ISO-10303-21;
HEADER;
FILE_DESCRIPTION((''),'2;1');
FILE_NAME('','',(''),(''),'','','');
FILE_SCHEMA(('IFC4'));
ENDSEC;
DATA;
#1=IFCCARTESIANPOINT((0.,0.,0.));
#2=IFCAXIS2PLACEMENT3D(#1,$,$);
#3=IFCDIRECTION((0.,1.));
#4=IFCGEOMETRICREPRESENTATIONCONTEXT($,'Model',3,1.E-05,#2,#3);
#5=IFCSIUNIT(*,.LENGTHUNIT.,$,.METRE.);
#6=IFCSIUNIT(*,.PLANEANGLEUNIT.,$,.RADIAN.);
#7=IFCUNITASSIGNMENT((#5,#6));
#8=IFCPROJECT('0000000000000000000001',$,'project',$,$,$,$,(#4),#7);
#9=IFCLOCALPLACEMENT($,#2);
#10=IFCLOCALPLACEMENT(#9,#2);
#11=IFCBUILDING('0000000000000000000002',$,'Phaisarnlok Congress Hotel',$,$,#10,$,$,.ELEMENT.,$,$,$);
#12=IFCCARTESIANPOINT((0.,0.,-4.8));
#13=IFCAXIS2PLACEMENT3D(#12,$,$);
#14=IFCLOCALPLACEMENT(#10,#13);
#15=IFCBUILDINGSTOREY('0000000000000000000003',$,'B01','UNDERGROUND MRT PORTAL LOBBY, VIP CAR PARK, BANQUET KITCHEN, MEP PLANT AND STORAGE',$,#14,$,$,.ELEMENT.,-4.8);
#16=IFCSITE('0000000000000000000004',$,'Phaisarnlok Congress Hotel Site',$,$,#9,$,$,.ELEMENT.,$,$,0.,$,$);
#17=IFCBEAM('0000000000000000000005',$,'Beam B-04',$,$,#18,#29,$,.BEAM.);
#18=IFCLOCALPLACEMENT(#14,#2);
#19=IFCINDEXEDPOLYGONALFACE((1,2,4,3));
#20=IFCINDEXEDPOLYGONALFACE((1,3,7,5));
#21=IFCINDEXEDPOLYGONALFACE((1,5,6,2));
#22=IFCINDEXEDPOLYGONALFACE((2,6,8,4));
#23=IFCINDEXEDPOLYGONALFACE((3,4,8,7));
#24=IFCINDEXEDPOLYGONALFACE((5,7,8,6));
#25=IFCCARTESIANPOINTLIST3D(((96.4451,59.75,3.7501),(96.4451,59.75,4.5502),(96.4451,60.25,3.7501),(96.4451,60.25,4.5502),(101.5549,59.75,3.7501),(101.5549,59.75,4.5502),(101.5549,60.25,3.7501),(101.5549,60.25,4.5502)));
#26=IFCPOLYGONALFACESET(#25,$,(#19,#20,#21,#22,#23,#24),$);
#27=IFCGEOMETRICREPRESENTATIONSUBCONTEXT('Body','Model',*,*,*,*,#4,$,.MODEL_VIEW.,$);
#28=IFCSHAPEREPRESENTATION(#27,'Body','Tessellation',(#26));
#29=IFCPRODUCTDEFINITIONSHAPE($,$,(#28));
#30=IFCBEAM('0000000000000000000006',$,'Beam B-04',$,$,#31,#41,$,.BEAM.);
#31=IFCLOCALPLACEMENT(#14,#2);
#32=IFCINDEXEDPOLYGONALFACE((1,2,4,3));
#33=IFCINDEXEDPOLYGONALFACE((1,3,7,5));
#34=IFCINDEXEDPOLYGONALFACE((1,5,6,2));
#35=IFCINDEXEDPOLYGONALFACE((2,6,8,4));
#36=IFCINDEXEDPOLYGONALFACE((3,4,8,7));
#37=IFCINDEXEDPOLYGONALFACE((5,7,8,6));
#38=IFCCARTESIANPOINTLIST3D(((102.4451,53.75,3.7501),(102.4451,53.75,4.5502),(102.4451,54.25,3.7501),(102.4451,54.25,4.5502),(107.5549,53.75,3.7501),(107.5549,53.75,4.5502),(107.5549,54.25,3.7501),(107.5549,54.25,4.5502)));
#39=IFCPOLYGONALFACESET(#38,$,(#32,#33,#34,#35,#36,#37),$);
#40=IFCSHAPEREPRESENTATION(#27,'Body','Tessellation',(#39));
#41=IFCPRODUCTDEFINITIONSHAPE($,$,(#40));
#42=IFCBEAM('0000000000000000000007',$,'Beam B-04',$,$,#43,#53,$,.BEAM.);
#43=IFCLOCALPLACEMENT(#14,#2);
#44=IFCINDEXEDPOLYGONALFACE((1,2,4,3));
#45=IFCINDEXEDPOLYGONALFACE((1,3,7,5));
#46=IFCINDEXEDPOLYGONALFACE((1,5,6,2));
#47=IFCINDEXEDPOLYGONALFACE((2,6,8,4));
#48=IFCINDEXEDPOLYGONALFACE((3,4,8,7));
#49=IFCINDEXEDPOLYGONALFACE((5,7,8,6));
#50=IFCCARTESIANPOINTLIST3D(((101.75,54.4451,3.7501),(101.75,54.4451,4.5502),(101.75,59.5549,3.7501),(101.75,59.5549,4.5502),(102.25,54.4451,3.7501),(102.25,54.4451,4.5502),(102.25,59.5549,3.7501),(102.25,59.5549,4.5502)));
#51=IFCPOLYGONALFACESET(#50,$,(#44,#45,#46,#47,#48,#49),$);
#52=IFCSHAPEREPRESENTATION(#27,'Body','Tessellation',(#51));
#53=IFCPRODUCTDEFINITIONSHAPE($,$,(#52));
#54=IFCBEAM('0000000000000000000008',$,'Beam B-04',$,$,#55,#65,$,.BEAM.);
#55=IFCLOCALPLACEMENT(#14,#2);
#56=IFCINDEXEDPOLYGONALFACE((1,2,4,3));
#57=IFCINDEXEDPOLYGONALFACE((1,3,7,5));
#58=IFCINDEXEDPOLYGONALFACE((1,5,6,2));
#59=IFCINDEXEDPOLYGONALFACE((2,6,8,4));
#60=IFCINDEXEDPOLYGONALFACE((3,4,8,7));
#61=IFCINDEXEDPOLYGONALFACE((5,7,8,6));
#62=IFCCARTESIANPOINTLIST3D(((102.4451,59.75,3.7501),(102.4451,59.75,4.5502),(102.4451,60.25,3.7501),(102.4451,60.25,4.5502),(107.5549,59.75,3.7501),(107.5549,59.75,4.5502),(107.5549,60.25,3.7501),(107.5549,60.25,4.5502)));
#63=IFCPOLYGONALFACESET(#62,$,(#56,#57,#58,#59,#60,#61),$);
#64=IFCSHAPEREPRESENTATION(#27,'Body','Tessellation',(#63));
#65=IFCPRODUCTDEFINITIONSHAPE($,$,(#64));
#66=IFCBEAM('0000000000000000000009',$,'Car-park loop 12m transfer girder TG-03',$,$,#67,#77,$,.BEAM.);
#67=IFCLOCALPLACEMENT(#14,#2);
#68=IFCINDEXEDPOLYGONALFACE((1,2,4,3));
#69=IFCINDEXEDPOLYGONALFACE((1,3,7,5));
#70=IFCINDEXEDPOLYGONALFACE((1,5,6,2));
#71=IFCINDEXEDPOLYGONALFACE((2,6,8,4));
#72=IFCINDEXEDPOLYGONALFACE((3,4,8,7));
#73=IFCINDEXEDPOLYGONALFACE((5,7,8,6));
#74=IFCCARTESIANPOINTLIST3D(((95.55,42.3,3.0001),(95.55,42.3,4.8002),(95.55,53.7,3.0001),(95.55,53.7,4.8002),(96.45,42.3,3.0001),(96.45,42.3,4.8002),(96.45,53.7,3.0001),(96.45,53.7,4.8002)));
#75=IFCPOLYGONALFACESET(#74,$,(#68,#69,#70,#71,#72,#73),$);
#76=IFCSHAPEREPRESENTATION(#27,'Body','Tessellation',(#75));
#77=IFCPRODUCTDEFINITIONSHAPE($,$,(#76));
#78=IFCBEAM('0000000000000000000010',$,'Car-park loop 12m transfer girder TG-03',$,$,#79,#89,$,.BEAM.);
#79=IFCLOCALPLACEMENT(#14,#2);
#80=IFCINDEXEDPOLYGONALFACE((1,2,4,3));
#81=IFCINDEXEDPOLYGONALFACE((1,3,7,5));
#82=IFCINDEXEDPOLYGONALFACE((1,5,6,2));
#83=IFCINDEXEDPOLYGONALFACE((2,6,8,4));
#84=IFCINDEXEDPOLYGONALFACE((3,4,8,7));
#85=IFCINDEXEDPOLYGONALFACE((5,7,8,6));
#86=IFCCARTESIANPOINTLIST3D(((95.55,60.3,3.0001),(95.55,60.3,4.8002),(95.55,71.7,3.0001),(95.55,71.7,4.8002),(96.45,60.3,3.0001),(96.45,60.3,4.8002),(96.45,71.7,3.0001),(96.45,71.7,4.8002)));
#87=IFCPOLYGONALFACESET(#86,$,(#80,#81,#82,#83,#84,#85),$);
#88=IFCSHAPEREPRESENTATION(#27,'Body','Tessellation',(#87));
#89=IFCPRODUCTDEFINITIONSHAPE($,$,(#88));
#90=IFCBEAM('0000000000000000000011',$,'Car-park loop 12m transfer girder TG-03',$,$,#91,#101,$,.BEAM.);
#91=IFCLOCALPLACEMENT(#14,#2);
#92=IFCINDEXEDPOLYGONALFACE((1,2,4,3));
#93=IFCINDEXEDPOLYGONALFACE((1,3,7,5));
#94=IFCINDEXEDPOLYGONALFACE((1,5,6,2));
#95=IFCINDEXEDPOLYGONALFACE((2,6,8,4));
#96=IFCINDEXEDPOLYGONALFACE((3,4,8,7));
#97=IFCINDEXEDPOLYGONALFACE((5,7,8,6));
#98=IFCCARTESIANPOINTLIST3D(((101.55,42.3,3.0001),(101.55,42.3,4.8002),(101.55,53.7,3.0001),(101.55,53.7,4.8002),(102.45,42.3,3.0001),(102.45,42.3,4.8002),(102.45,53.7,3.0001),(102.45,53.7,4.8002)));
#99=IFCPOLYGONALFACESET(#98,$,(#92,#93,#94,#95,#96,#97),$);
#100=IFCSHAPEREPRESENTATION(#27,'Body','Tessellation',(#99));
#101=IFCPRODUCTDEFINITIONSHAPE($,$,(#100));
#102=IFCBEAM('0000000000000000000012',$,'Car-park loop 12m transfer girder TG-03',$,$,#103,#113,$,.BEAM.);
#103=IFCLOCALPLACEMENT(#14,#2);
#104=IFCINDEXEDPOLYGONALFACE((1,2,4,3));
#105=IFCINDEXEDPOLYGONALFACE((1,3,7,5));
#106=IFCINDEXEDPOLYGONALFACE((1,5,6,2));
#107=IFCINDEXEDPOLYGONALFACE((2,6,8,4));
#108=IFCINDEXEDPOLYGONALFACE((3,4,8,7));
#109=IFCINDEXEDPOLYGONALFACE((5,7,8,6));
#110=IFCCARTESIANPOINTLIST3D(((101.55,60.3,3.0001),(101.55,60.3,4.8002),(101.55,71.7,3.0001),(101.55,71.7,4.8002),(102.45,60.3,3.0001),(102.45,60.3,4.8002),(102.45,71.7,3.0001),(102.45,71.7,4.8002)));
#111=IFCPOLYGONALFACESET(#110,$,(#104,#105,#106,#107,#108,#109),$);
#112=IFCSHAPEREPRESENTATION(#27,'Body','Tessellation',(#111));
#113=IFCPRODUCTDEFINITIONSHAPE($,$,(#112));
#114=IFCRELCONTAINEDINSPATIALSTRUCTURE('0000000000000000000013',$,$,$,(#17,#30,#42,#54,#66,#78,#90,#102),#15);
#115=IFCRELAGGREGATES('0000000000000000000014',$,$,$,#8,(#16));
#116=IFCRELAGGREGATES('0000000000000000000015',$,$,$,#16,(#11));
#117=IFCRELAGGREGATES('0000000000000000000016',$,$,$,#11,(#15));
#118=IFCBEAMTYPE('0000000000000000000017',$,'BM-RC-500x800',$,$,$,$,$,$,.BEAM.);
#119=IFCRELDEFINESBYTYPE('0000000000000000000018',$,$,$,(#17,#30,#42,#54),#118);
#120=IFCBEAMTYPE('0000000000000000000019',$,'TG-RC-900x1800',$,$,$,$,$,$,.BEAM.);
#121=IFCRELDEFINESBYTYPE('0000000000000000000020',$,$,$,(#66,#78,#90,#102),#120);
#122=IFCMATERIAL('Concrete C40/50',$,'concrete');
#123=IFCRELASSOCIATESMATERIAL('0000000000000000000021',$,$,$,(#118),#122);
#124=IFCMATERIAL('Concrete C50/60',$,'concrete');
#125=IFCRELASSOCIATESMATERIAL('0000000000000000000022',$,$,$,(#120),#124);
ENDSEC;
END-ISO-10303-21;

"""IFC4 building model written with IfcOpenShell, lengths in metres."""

from ifc_helpers import new_model, si_unit, direction, frame, origin, origin_2d, place, context, subcontext, project, spatial, rectangle, extrude, material, material_profile, profile_set, type_object, element, save


model = new_model("IFC4")

# Units and contexts
model_context = context("Model", 3, precision=1e-05, world=origin(), true_north=direction((0.0, 1.0)))
body_context = subcontext(model_context, "Body", "Model", "MODEL_VIEW")
ifc_project = project(units=[si_unit("LENGTHUNIT", "METRE"), si_unit("PLANEANGLEUNIT", "RADIAN")], contexts=[model_context])

# Site, building, storey
site_placement = place(None, origin())
site = spatial("IfcSite", under=ifc_project, at=site_placement, Name="Phaisarnlok Congress Hotel Site", CompositionType="ELEMENT", RefElevation=0.0)
building_placement = place(site_placement, origin())
building = spatial("IfcBuilding", under=site, at=building_placement, Name="Phaisarnlok Congress Hotel", CompositionType="ELEMENT")
storey_placement = place(building_placement, frame((0.0, 0.0, -4.8)))
storey = spatial("IfcBuildingStorey", under=building, at=storey_placement, Name="B01", Description="UNDERGROUND MRT PORTAL LOBBY, VIP CAR PARK, BANQUET KITCHEN, MEP PLANT AND STORAGE", CompositionType="ELEMENT", Elevation=-4.8)

# Shared definitions
ifc_material_1 = material(Name="Concrete C40/50", Category="concrete")

# Shared definitions
ifc_material_2 = material(Name="Concrete C50/60", Category="concrete")

# Beams
ifc_material_profile_1 = material_profile(ifc_material_1, rectangle(XDim=0.5, YDim=0.8, at=origin_2d()), Name="RC 500x800")
ifc_profile_set_1 = profile_set([ifc_material_profile_1], Name="Concrete C40/50")
beam_type_1 = type_object("IfcBeamType", Name="BM-RC-500x800", PredefinedType="BEAM", material=ifc_profile_set_1)
for number, where, z_axis, x_axis, name in (
    (1, (96.4451, 60.0, 4.1501), (1.0, 0.0, 0.0), (0.0, 1.0, 0.0), "Beam B-04"),
    (2, (102.4451, 54.0, 4.1501), (1.0, 0.0, 0.0), (0.0, 1.0, 0.0), "Beam B-04"),
    (3, (102.0, 54.4451, 4.1501), (0.0, 1.0, 0.0), (-1.0, 0.0, 0.0), "Beam B-04"),
    (4, (102.4451, 60.0, 4.1501), (1.0, 0.0, 0.0), (0.0, 1.0, 0.0), "Beam B-04"),
):
    element("IfcBeam", number, at=place(storey_placement, frame(where, z_axis=z_axis, x_axis=x_axis)), inside=storey, type_object=beam_type_1, Name=name, PredefinedType="BEAM", context=body_context, shape_type="SweptSolid", body=[
        extrude(rectangle(XDim=0.5, YDim=0.8, at=origin_2d()), origin(), (0.0, 0.0, 1.0), 5.1099),
    ])
ifc_material_profile_2 = material_profile(ifc_material_2, rectangle(XDim=0.8999, YDim=1.8, at=origin_2d()), Name="RC 900x1800")
ifc_profile_set_2 = profile_set([ifc_material_profile_2], Name="Concrete C50/60")
beam_type_2 = type_object("IfcBeamType", Name="TG-RC-900x1800", PredefinedType="BEAM", material=ifc_profile_set_2)
for number, where, z_axis, x_axis, name in (
    (5, (96.0, 42.3, 3.9001), (0.0, 1.0, 0.0), (-1.0, 0.0, 0.0), "Car-park loop 12m transfer girder TG-03"),
    (6, (96.0, 60.3, 3.9001), (0.0, 1.0, 0.0), (-1.0, 0.0, 0.0), "Car-park loop 12m transfer girder TG-03"),
    (7, (102.0, 42.3, 3.9001), (0.0, 1.0, 0.0), (-1.0, 0.0, 0.0), "Car-park loop 12m transfer girder TG-03"),
    (8, (102.0, 60.3, 3.9001), (0.0, 1.0, 0.0), (-1.0, 0.0, 0.0), "Car-park loop 12m transfer girder TG-03"),
):
    element("IfcBeam", number, at=place(storey_placement, frame(where, z_axis=z_axis, x_axis=x_axis)), inside=storey, type_object=beam_type_2, Name=name, PredefinedType="BEAM", context=body_context, shape_type="SweptSolid", body=[
        extrude(rectangle(XDim=0.8999, YDim=1.8, at=origin_2d()), origin(), (0.0, 0.0, 1.0), 11.3999),
    ])

save(model, "model.ifc")
